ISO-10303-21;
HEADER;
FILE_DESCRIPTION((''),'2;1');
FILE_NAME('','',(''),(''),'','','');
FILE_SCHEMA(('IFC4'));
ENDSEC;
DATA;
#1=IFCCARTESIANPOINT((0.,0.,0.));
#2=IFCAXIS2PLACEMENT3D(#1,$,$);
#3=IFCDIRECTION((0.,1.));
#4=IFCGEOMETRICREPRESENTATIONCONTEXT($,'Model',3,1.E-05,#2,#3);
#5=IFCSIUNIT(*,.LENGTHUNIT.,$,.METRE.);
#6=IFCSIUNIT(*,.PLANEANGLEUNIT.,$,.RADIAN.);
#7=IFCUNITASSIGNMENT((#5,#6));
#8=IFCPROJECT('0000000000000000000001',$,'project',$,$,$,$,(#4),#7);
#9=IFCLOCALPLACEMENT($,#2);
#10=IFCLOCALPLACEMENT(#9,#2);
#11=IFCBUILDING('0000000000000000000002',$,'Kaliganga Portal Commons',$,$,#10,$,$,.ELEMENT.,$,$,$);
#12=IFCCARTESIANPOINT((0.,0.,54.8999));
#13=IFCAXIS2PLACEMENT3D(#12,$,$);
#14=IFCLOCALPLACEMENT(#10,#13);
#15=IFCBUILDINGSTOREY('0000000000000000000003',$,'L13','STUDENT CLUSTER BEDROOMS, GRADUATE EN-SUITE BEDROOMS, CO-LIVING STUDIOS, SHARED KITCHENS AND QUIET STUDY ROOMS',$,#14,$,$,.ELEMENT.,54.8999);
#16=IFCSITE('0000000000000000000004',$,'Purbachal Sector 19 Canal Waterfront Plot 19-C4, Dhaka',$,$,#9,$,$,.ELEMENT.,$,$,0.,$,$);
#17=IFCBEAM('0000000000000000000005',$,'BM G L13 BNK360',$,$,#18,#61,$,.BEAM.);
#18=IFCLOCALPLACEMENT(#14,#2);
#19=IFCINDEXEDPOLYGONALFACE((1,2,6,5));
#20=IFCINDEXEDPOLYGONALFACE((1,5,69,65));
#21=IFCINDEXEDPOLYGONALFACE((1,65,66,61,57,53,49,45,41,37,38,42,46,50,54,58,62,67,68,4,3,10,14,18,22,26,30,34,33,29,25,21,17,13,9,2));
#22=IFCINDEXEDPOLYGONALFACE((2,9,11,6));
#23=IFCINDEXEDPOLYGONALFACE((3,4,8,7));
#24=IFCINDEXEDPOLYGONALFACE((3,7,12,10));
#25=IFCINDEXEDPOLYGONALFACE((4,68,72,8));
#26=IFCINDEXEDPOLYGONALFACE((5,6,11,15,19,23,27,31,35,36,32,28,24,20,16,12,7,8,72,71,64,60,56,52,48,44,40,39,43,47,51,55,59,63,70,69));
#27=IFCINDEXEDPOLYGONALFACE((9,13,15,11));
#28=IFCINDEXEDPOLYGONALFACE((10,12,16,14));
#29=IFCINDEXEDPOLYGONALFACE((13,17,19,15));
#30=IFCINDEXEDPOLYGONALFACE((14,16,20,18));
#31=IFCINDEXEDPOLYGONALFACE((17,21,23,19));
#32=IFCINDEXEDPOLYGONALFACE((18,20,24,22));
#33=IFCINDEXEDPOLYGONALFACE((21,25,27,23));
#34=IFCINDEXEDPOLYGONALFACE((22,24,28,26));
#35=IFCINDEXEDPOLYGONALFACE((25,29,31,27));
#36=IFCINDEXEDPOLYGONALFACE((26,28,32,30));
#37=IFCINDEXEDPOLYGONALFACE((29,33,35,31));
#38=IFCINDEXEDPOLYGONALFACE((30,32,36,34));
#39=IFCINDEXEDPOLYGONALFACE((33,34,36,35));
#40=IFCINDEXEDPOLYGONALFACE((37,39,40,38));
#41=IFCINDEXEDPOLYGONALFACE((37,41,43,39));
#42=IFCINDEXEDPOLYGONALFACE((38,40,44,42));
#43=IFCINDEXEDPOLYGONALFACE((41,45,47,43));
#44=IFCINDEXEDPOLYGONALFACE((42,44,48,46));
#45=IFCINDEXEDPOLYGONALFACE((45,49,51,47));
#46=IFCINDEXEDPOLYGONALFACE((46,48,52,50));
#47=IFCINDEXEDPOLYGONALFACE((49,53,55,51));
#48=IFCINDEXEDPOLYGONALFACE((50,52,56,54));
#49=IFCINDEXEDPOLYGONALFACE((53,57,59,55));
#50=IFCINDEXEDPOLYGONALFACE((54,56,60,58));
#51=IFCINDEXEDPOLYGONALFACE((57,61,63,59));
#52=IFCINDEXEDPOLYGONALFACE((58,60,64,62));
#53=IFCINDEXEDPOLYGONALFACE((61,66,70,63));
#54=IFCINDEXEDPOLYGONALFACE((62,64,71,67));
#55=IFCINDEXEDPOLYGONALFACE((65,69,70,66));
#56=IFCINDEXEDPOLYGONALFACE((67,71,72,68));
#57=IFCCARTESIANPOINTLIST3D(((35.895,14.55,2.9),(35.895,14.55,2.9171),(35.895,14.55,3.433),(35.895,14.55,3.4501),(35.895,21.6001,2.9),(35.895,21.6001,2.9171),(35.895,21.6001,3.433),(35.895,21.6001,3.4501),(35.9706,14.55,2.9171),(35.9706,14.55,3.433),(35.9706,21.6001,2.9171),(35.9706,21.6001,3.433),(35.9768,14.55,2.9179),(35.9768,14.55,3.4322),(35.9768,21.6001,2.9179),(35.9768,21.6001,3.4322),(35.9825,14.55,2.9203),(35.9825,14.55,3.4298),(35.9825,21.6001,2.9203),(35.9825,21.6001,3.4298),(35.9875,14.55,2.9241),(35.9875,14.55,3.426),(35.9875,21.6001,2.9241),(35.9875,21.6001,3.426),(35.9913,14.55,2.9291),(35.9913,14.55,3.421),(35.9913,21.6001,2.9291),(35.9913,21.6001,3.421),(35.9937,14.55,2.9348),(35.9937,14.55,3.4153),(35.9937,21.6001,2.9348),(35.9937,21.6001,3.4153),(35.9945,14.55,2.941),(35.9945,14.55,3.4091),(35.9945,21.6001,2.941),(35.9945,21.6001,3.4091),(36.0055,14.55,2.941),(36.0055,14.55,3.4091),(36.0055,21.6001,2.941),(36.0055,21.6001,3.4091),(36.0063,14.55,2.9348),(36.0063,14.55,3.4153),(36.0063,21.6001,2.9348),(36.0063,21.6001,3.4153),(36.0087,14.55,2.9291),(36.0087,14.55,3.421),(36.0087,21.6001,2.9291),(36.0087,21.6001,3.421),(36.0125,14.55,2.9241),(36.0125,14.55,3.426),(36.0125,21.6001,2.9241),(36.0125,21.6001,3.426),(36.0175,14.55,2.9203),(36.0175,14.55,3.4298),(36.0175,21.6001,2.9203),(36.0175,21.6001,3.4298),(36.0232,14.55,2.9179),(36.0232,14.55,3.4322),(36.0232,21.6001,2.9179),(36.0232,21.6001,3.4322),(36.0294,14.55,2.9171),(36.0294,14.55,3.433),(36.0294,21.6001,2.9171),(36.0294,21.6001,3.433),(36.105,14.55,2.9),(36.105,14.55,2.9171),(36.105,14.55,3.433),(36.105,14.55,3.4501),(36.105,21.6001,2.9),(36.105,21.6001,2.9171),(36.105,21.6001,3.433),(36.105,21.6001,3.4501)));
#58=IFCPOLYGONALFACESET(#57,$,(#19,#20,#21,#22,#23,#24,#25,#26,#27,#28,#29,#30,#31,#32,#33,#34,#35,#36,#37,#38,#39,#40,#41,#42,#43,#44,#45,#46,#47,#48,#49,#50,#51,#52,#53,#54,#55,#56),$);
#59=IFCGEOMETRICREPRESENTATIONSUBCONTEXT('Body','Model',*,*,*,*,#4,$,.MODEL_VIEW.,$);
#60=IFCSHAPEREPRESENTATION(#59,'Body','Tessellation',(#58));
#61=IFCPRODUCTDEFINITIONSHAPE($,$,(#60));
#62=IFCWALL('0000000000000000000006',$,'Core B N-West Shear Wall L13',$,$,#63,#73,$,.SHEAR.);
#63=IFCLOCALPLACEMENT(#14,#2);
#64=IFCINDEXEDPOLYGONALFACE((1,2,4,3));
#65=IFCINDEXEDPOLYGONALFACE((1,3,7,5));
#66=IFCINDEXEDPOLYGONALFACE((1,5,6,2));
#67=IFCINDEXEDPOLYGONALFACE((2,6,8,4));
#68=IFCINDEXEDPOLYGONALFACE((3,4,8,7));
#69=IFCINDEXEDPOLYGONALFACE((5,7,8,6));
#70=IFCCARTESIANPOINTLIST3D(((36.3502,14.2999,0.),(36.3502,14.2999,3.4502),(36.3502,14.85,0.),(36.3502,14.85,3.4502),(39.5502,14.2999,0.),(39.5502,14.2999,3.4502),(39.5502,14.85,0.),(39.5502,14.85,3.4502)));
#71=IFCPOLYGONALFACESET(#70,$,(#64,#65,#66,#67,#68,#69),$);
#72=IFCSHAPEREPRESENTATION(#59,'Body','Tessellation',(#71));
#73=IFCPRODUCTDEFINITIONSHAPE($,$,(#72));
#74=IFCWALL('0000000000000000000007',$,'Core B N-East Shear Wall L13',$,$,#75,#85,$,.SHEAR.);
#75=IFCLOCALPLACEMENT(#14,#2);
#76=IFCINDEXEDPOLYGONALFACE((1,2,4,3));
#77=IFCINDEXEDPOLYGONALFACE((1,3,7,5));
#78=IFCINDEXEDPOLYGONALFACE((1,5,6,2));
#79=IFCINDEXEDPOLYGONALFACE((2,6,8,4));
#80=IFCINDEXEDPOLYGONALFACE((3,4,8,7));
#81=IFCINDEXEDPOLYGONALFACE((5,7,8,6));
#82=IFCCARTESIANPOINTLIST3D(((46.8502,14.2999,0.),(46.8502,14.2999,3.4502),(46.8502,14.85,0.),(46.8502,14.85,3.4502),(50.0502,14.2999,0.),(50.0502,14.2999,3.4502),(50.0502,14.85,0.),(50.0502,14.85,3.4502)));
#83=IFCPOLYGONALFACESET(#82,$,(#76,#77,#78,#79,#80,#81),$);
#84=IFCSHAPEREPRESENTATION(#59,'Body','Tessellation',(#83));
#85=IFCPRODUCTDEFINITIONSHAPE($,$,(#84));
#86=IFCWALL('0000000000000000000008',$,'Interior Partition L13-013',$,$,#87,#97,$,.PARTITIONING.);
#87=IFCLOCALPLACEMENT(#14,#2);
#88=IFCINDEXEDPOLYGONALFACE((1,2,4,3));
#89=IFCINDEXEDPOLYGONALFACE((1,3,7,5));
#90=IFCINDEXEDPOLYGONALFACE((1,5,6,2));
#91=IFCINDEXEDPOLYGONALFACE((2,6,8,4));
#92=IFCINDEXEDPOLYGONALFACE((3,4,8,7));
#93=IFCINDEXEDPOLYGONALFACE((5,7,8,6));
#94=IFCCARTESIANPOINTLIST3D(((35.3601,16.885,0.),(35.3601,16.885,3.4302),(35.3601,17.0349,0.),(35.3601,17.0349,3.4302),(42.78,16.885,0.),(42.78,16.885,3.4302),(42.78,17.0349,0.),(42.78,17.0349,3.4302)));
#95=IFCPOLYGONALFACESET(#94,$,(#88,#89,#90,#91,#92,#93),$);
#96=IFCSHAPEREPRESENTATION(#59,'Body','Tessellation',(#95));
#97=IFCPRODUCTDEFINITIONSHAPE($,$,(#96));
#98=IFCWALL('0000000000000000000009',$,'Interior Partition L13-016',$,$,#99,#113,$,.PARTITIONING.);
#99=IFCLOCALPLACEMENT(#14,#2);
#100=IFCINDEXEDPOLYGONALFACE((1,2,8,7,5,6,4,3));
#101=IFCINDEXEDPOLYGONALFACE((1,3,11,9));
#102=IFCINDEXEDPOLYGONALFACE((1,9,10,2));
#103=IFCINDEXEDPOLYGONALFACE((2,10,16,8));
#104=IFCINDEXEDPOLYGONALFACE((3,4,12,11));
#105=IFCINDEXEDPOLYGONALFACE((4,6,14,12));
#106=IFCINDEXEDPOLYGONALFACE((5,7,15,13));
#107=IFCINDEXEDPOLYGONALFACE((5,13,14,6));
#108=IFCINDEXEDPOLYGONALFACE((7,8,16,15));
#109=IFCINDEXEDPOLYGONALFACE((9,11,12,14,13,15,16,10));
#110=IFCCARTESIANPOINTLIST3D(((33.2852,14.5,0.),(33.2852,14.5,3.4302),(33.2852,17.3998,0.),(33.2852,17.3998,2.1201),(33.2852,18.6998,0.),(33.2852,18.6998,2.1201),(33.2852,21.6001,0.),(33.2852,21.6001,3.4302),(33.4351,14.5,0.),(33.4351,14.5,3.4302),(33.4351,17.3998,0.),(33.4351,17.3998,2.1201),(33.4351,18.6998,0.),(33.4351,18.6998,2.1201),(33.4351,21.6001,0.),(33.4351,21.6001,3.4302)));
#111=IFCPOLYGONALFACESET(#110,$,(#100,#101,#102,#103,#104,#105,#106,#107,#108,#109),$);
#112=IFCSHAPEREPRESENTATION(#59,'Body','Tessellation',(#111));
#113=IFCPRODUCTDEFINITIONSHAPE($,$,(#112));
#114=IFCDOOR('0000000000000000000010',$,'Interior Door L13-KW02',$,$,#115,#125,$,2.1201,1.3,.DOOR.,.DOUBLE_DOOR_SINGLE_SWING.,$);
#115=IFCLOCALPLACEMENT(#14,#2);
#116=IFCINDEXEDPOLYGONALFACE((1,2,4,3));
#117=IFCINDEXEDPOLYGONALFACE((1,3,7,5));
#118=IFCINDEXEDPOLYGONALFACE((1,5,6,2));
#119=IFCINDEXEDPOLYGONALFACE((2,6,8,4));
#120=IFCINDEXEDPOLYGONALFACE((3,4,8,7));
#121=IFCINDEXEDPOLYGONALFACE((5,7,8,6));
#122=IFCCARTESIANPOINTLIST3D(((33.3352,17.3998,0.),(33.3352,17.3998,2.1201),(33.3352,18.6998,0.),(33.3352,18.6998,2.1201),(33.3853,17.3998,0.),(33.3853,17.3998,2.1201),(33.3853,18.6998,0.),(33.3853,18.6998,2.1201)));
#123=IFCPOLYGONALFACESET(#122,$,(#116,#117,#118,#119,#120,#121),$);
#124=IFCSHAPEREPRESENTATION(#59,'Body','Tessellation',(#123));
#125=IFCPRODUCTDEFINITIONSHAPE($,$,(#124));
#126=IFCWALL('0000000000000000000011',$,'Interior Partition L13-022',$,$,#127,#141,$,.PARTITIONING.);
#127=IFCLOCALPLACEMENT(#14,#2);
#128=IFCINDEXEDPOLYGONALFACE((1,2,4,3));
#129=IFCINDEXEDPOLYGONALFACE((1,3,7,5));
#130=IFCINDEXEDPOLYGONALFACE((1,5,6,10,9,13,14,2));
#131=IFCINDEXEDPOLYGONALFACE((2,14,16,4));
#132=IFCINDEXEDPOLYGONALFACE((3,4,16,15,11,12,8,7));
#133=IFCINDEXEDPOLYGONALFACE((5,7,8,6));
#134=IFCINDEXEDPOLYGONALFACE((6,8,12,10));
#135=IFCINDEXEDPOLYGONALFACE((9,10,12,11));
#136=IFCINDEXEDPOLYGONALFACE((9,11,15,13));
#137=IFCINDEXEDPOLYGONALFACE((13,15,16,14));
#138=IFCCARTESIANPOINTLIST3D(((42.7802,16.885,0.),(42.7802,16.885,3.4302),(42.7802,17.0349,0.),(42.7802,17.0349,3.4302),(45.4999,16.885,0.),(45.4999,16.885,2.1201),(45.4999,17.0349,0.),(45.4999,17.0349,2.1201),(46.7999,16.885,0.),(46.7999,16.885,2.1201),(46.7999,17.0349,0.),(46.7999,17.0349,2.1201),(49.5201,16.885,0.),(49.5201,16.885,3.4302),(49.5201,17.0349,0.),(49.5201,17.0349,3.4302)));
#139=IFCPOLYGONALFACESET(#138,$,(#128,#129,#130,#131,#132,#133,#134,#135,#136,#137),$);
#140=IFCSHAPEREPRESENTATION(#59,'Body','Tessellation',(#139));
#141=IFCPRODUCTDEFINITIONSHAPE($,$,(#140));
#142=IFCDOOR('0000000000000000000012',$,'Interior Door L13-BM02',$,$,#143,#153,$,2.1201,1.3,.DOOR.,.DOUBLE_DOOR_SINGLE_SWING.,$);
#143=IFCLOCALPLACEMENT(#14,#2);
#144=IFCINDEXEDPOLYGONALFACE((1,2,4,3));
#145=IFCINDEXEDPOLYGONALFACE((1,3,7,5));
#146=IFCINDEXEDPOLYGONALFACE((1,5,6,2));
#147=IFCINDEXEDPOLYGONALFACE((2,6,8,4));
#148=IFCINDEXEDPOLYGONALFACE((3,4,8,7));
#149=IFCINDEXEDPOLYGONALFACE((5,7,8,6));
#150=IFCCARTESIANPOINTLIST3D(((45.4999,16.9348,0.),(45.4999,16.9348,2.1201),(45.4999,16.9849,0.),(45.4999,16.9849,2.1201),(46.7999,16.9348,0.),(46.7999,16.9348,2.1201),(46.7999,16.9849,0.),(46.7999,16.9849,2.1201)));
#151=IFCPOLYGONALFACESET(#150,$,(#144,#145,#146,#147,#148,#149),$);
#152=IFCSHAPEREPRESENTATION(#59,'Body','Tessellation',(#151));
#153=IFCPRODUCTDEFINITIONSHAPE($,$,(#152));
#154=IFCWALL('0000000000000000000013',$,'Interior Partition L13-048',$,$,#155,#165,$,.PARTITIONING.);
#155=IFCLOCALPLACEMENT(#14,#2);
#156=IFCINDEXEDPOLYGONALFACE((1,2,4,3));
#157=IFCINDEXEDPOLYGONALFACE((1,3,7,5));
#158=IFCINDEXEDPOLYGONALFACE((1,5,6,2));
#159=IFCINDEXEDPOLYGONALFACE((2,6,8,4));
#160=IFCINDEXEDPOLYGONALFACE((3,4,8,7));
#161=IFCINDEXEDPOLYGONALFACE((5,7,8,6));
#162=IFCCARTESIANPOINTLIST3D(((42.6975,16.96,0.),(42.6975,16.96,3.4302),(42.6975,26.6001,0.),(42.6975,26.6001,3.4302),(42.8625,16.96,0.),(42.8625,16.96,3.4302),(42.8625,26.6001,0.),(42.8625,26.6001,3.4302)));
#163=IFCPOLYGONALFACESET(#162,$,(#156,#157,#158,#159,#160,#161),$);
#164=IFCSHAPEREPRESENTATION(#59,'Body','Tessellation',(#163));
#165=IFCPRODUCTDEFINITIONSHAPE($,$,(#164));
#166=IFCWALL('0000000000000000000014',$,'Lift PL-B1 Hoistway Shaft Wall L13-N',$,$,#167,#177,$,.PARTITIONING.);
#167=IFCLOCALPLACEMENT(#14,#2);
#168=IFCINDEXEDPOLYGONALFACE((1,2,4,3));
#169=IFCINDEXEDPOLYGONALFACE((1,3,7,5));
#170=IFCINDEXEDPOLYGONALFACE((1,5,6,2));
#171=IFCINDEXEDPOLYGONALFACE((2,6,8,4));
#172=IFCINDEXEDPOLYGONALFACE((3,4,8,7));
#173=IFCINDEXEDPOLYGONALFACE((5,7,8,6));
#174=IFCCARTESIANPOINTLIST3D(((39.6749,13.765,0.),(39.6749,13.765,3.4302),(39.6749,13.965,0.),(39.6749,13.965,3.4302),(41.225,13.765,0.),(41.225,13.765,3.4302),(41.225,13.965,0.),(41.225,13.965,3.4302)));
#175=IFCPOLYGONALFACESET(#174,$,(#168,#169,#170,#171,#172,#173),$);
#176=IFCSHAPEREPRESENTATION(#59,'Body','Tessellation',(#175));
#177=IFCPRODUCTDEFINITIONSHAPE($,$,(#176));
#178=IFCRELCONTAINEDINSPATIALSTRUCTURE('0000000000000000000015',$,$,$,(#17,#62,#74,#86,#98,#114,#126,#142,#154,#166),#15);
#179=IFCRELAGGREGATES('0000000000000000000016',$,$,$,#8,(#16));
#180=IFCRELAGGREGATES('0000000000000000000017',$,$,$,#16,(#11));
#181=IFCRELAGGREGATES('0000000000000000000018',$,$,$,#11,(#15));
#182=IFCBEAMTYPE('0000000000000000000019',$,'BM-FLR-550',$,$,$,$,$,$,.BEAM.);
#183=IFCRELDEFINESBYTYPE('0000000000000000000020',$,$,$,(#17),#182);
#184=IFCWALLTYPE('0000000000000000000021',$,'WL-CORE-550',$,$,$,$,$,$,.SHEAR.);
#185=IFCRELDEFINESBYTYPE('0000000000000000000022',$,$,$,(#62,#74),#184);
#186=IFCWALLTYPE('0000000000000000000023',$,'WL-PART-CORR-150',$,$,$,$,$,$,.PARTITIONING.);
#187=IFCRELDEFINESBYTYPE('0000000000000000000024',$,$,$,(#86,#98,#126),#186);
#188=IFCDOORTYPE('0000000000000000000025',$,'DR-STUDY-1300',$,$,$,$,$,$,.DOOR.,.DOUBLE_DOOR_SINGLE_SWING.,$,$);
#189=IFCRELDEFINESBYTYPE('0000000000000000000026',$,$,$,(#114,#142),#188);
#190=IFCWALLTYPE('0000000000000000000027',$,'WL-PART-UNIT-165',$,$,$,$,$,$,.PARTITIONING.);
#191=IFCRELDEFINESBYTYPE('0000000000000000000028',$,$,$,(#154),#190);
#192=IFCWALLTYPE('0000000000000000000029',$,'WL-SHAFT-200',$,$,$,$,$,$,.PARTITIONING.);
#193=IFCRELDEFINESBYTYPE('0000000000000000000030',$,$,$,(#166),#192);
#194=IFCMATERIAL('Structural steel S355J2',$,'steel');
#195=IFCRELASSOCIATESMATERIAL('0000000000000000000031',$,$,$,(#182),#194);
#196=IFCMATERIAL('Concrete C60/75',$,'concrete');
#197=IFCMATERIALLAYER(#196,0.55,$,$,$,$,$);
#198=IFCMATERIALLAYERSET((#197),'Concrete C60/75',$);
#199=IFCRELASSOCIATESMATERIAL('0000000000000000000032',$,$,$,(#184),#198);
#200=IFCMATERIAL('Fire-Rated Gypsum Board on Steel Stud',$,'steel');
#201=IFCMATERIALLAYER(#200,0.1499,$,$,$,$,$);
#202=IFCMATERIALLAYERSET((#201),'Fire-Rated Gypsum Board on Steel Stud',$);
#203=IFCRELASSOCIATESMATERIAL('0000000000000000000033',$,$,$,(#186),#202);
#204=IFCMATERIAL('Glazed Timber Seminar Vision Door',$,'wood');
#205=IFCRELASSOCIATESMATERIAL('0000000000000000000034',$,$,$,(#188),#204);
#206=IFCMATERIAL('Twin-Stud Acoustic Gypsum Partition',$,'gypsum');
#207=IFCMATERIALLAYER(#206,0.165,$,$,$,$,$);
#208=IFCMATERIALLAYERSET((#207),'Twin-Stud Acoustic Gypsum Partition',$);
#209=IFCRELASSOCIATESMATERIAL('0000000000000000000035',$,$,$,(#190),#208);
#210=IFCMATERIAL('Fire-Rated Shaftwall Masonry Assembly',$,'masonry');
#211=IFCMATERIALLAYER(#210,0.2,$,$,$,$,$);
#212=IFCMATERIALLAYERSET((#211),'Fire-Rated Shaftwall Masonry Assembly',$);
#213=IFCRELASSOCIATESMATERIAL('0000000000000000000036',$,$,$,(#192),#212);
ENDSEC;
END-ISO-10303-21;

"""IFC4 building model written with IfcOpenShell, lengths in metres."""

from ifc_helpers import new_model, si_unit, direction, frame, frame_2d, origin, origin_2d, place, context, subcontext, project, spatial, rectangle, i_section, extrude, source, transform, mapped, material, layer, layer_set, material_profile, profile_set, type_object, element, fill, save


model = new_model("IFC4")

# Units and contexts
model_context = context("Model", 3, precision=1e-05, world=origin(), true_north=direction((0.0, 1.0)))
body_context = subcontext(model_context, "Body", "Model", "MODEL_VIEW")
ifc_project = project(units=[si_unit("LENGTHUNIT", "METRE"), si_unit("PLANEANGLEUNIT", "RADIAN")], contexts=[model_context])

# Site, building, storey
site_placement = place(None, origin())
site = spatial("IfcSite", under=ifc_project, at=site_placement, Name="Purbachal Sector 19 Canal Waterfront Plot 19-C4, Dhaka", CompositionType="ELEMENT", RefElevation=0.0)
building_placement = place(site_placement, origin())
building = spatial("IfcBuilding", under=site, at=building_placement, Name="Kaliganga Portal Commons", CompositionType="ELEMENT")
storey_placement = place(building_placement, frame((0.0, 0.0, 54.8999)))
storey = spatial("IfcBuildingStorey", under=building, at=storey_placement, Name="L13", Description="STUDENT CLUSTER BEDROOMS, GRADUATE EN-SUITE BEDROOMS, CO-LIVING STUDIOS, SHARED KITCHENS AND QUIET STUDY ROOMS", CompositionType="ELEMENT", Elevation=54.8999)

# Beam
ifc_material_1 = material(Name="Concrete C60/75", Category="concrete")
ifc_material_2 = material(Name="Structural steel S355J2", Category="steel")
ifc_material_profile_1 = material_profile(ifc_material_2, i_section(OverallWidth=0.21, OverallDepth=0.55, WebThickness=0.011, FlangeThickness=0.0171, FilletRadius=0.0239, at=origin_2d()), Name="IPE 550")
ifc_profile_set_1 = profile_set([ifc_material_profile_1], Name="Structural steel S355J2 wide-flange")
beam_type_1 = type_object("IfcBeamType", Name="BM-FLR-550", PredefinedType="BEAM", material=ifc_profile_set_1)
shared_shape_1 = source(origin(), body_context, "Body", "SweptSolid", [
    extrude(i_section(OverallWidth=0.21, OverallDepth=0.55, WebThickness=0.011, FlangeThickness=0.0171, FilletRadius=0.0239, at=origin_2d()), origin(), (0.0, 0.0, 1.0), 7.05),
])
beam_1_placement = place(storey_placement, frame((36.0, 14.55, 3.175), z_axis=(0.0, 1.0, 0.0), x_axis=(-1.0, 0.0, 0.0)))
element("IfcBeam", 1, at=beam_1_placement, inside=storey, type_object=beam_type_1, Name="BM G L13 BNK360", PredefinedType="BEAM", context=body_context, shape_type="MappedRepresentation", body=[
    mapped(shared_shape_1, transform((0.0, 0.0, 0.0), x_axis=(1.0, 0.0, 0.0), y_axis=(0.0, 1.0, 0.0), z_axis=(0.0, 0.0, 1.0), scale=1.0)),
])

# Walls
ifc_layer_1 = layer(ifc_material_1, 0.55)
ifc_layer_set_1 = layer_set([ifc_layer_1], Name="Concrete C60/75")
wall_type_1 = type_object("IfcWallType", Name="WL-CORE-550", PredefinedType="SHEAR", material=ifc_layer_set_1)
for number, where, z_axis, x_axis, name in (
    (2, (36.3501, 14.575, 0.0), (0.0, 0.0, 1.0), (1.0, 0.0, 0.0), "Core B N-West Shear Wall L13"),
    (3, (46.8501, 14.575, 0.0), (0.0, 0.0, 1.0), (1.0, 0.0, 0.0), "Core B N-East Shear Wall L13"),
):
    element("IfcWall", number, at=place(storey_placement, frame(where, z_axis=z_axis, x_axis=x_axis)), inside=storey, type_object=wall_type_1, Name=name, PredefinedType="SHEAR", context=body_context, shape_type="SweptSolid", body=[
        extrude(rectangle(XDim=3.2, YDim=0.55, at=frame_2d((1.6001, 0.0))), origin(), (0.0, 0.0, 1.0), 3.4502),
    ])

# Shared definitions
ifc_material_3 = material(Name="Fire-Rated Gypsum Board on Steel Stud", Category="steel")
ifc_layer_2 = layer(ifc_material_3, 0.1499)
ifc_layer_set_2 = layer_set([ifc_layer_2], Name="Fire-Rated Gypsum Board on Steel Stud")
wall_type_2 = type_object("IfcWallType", Name="WL-PART-CORR-150", PredefinedType="PARTITIONING", material=ifc_layer_set_2)
ifc_material_4 = material(Name="Glazed Timber Seminar Vision Door", Category="wood")
door_type_1 = type_object("IfcDoorType", Name="DR-STUDY-1300", OperationType="DOUBLE_DOOR_SINGLE_SWING", PredefinedType="DOOR", material=ifc_material_4)

# Wall
wall_1_placement = place(storey_placement, frame((35.3601, 16.96, 0.0), z_axis=(0.0, 0.0, 1.0), x_axis=(1.0, 0.0, 0.0)))
element("IfcWall", 4, at=wall_1_placement, inside=storey, type_object=wall_type_2, Name="Interior Partition L13-013", PredefinedType="PARTITIONING", context=body_context, shape_type="SweptSolid", body=[
    extrude(rectangle(XDim=7.4199, YDim=0.1499, at=frame_2d((3.71, 0.0))), origin(), (0.0, 0.0, 1.0), 3.4302),
])

# Walls, openings, doors
wall_2_placement = place(storey_placement, frame((33.3601, 14.5, 0.0), z_axis=(0.0, 0.0, 1.0), x_axis=(0.0, 1.0, 0.0)))
wall_2 = element("IfcWall", 5, at=wall_2_placement, inside=storey, type_object=wall_type_2, Name="Interior Partition L13-016", PredefinedType="PARTITIONING", context=body_context, shape_type="SweptSolid", body=[
    extrude(rectangle(XDim=7.1001, YDim=0.1499, at=frame_2d((3.55, 0.0))), origin(), (0.0, 0.0, 1.0), 3.4302),
])
opening_1_placement = place(wall_2_placement, frame((2.8999, 0.0, 0.0)))
opening_1 = element("IfcOpeningElement", 6, at=opening_1_placement, cuts=wall_2, PredefinedType="OPENING", context=body_context, shape_type="SweptSolid", body=[
    extrude(rectangle(XDim=1.3, YDim=2.1201, at=frame_2d((0.6499, 1.0601))), frame((0.0, 0.085, 0.0), z_axis=(0.0, -1.0, 0.0), x_axis=(1.0, 0.0, 0.0)), (0.0, 0.0, 1.0), 0.1699),
])
door_1_placement = place(opening_1_placement, origin())
door_1 = element("IfcDoor", 7, at=door_1_placement, inside=storey, type_object=door_type_1, Name="Interior Door L13-KW02", OperationType="DOUBLE_DOOR_SINGLE_SWING", OverallHeight=2.1201, OverallWidth=1.3, PredefinedType="DOOR", context=body_context, shape_type="SweptSolid", body=[
    extrude(rectangle(XDim=1.3, YDim=2.1201, at=frame_2d((0.6499, 1.0601))), frame((0.0, 0.0249, 0.0), z_axis=(0.0, -1.0, 0.0), x_axis=(1.0, 0.0, 0.0)), (0.0, 0.0, 1.0), 0.05),
])
fill(opening_1, door_1)
wall_3_placement = place(storey_placement, frame((42.78, 16.96, 0.0), z_axis=(0.0, 0.0, 1.0), x_axis=(1.0, 0.0, 0.0)))
wall_3 = element("IfcWall", 8, at=wall_3_placement, inside=storey, type_object=wall_type_2, Name="Interior Partition L13-022", PredefinedType="PARTITIONING", context=body_context, shape_type="SweptSolid", body=[
    extrude(rectangle(XDim=6.74, YDim=0.1499, at=frame_2d((3.3701, 0.0))), origin(), (0.0, 0.0, 1.0), 3.4302),
])
opening_2_placement = place(wall_3_placement, frame((2.72, 0.0, 0.0)))
opening_2 = element("IfcOpeningElement", 9, at=opening_2_placement, cuts=wall_3, PredefinedType="OPENING", context=body_context, shape_type="SweptSolid", body=[
    extrude(rectangle(XDim=1.3, YDim=2.1201, at=frame_2d((0.6499, 1.0601))), frame((0.0, 0.085, 0.0), z_axis=(0.0, -1.0, 0.0), x_axis=(1.0, 0.0, 0.0)), (0.0, 0.0, 1.0), 0.1699),
])
door_2_placement = place(opening_2_placement, origin())
door_2 = element("IfcDoor", 10, at=door_2_placement, inside=storey, type_object=door_type_1, Name="Interior Door L13-BM02", OperationType="DOUBLE_DOOR_SINGLE_SWING", OverallHeight=2.1201, OverallWidth=1.3, PredefinedType="DOOR", context=body_context, shape_type="SweptSolid", body=[
    extrude(rectangle(XDim=1.3, YDim=2.1201, at=frame_2d((0.6499, 1.0601))), frame((0.0, 0.0249, 0.0), z_axis=(0.0, -1.0, 0.0), x_axis=(1.0, 0.0, 0.0)), (0.0, 0.0, 1.0), 0.05),
])
fill(opening_2, door_2)

# Walls
ifc_material_5 = material(Name="Twin-Stud Acoustic Gypsum Partition", Category="gypsum")
ifc_layer_3 = layer(ifc_material_5, 0.165)
ifc_layer_set_3 = layer_set([ifc_layer_3], Name="Twin-Stud Acoustic Gypsum Partition")
wall_type_3 = type_object("IfcWallType", Name="WL-PART-UNIT-165", PredefinedType="PARTITIONING", material=ifc_layer_set_3)
wall_4_placement = place(storey_placement, frame((42.78, 16.96, 0.0), z_axis=(0.0, 0.0, 1.0), x_axis=(0.0, 1.0, 0.0)))
element("IfcWall", 11, at=wall_4_placement, inside=storey, type_object=wall_type_3, Name="Interior Partition L13-048", PredefinedType="PARTITIONING", context=body_context, shape_type="SweptSolid", body=[
    extrude(rectangle(XDim=9.6401, YDim=0.165, at=frame_2d((4.8201, 0.0))), origin(), (0.0, 0.0, 1.0), 3.4302),
])
ifc_material_6 = material(Name="Fire-Rated Shaftwall Masonry Assembly", Category="masonry")
ifc_layer_4 = layer(ifc_material_6, 0.2)
ifc_layer_set_4 = layer_set([ifc_layer_4], Name="Fire-Rated Shaftwall Masonry Assembly")
wall_type_4 = type_object("IfcWallType", Name="WL-SHAFT-200", PredefinedType="PARTITIONING", material=ifc_layer_set_4)
for number, where, z_axis, x_axis, name in (
    (12, (39.675, 13.865, 0.0), (0.0, 0.0, 1.0), (1.0, 0.0, 0.0), "Lift PL-B1 Hoistway Shaft Wall L13-N"),
):
    element("IfcWall", number, at=place(storey_placement, frame(where, z_axis=z_axis, x_axis=x_axis)), inside=storey, type_object=wall_type_4, Name=name, PredefinedType="PARTITIONING", context=body_context, shape_type="SweptSolid", body=[
        extrude(rectangle(XDim=1.55, YDim=0.2, at=frame_2d((0.7749, 0.0))), origin(), (0.0, 0.0, 1.0), 3.4302),
    ])

save(model, "model.ifc")
